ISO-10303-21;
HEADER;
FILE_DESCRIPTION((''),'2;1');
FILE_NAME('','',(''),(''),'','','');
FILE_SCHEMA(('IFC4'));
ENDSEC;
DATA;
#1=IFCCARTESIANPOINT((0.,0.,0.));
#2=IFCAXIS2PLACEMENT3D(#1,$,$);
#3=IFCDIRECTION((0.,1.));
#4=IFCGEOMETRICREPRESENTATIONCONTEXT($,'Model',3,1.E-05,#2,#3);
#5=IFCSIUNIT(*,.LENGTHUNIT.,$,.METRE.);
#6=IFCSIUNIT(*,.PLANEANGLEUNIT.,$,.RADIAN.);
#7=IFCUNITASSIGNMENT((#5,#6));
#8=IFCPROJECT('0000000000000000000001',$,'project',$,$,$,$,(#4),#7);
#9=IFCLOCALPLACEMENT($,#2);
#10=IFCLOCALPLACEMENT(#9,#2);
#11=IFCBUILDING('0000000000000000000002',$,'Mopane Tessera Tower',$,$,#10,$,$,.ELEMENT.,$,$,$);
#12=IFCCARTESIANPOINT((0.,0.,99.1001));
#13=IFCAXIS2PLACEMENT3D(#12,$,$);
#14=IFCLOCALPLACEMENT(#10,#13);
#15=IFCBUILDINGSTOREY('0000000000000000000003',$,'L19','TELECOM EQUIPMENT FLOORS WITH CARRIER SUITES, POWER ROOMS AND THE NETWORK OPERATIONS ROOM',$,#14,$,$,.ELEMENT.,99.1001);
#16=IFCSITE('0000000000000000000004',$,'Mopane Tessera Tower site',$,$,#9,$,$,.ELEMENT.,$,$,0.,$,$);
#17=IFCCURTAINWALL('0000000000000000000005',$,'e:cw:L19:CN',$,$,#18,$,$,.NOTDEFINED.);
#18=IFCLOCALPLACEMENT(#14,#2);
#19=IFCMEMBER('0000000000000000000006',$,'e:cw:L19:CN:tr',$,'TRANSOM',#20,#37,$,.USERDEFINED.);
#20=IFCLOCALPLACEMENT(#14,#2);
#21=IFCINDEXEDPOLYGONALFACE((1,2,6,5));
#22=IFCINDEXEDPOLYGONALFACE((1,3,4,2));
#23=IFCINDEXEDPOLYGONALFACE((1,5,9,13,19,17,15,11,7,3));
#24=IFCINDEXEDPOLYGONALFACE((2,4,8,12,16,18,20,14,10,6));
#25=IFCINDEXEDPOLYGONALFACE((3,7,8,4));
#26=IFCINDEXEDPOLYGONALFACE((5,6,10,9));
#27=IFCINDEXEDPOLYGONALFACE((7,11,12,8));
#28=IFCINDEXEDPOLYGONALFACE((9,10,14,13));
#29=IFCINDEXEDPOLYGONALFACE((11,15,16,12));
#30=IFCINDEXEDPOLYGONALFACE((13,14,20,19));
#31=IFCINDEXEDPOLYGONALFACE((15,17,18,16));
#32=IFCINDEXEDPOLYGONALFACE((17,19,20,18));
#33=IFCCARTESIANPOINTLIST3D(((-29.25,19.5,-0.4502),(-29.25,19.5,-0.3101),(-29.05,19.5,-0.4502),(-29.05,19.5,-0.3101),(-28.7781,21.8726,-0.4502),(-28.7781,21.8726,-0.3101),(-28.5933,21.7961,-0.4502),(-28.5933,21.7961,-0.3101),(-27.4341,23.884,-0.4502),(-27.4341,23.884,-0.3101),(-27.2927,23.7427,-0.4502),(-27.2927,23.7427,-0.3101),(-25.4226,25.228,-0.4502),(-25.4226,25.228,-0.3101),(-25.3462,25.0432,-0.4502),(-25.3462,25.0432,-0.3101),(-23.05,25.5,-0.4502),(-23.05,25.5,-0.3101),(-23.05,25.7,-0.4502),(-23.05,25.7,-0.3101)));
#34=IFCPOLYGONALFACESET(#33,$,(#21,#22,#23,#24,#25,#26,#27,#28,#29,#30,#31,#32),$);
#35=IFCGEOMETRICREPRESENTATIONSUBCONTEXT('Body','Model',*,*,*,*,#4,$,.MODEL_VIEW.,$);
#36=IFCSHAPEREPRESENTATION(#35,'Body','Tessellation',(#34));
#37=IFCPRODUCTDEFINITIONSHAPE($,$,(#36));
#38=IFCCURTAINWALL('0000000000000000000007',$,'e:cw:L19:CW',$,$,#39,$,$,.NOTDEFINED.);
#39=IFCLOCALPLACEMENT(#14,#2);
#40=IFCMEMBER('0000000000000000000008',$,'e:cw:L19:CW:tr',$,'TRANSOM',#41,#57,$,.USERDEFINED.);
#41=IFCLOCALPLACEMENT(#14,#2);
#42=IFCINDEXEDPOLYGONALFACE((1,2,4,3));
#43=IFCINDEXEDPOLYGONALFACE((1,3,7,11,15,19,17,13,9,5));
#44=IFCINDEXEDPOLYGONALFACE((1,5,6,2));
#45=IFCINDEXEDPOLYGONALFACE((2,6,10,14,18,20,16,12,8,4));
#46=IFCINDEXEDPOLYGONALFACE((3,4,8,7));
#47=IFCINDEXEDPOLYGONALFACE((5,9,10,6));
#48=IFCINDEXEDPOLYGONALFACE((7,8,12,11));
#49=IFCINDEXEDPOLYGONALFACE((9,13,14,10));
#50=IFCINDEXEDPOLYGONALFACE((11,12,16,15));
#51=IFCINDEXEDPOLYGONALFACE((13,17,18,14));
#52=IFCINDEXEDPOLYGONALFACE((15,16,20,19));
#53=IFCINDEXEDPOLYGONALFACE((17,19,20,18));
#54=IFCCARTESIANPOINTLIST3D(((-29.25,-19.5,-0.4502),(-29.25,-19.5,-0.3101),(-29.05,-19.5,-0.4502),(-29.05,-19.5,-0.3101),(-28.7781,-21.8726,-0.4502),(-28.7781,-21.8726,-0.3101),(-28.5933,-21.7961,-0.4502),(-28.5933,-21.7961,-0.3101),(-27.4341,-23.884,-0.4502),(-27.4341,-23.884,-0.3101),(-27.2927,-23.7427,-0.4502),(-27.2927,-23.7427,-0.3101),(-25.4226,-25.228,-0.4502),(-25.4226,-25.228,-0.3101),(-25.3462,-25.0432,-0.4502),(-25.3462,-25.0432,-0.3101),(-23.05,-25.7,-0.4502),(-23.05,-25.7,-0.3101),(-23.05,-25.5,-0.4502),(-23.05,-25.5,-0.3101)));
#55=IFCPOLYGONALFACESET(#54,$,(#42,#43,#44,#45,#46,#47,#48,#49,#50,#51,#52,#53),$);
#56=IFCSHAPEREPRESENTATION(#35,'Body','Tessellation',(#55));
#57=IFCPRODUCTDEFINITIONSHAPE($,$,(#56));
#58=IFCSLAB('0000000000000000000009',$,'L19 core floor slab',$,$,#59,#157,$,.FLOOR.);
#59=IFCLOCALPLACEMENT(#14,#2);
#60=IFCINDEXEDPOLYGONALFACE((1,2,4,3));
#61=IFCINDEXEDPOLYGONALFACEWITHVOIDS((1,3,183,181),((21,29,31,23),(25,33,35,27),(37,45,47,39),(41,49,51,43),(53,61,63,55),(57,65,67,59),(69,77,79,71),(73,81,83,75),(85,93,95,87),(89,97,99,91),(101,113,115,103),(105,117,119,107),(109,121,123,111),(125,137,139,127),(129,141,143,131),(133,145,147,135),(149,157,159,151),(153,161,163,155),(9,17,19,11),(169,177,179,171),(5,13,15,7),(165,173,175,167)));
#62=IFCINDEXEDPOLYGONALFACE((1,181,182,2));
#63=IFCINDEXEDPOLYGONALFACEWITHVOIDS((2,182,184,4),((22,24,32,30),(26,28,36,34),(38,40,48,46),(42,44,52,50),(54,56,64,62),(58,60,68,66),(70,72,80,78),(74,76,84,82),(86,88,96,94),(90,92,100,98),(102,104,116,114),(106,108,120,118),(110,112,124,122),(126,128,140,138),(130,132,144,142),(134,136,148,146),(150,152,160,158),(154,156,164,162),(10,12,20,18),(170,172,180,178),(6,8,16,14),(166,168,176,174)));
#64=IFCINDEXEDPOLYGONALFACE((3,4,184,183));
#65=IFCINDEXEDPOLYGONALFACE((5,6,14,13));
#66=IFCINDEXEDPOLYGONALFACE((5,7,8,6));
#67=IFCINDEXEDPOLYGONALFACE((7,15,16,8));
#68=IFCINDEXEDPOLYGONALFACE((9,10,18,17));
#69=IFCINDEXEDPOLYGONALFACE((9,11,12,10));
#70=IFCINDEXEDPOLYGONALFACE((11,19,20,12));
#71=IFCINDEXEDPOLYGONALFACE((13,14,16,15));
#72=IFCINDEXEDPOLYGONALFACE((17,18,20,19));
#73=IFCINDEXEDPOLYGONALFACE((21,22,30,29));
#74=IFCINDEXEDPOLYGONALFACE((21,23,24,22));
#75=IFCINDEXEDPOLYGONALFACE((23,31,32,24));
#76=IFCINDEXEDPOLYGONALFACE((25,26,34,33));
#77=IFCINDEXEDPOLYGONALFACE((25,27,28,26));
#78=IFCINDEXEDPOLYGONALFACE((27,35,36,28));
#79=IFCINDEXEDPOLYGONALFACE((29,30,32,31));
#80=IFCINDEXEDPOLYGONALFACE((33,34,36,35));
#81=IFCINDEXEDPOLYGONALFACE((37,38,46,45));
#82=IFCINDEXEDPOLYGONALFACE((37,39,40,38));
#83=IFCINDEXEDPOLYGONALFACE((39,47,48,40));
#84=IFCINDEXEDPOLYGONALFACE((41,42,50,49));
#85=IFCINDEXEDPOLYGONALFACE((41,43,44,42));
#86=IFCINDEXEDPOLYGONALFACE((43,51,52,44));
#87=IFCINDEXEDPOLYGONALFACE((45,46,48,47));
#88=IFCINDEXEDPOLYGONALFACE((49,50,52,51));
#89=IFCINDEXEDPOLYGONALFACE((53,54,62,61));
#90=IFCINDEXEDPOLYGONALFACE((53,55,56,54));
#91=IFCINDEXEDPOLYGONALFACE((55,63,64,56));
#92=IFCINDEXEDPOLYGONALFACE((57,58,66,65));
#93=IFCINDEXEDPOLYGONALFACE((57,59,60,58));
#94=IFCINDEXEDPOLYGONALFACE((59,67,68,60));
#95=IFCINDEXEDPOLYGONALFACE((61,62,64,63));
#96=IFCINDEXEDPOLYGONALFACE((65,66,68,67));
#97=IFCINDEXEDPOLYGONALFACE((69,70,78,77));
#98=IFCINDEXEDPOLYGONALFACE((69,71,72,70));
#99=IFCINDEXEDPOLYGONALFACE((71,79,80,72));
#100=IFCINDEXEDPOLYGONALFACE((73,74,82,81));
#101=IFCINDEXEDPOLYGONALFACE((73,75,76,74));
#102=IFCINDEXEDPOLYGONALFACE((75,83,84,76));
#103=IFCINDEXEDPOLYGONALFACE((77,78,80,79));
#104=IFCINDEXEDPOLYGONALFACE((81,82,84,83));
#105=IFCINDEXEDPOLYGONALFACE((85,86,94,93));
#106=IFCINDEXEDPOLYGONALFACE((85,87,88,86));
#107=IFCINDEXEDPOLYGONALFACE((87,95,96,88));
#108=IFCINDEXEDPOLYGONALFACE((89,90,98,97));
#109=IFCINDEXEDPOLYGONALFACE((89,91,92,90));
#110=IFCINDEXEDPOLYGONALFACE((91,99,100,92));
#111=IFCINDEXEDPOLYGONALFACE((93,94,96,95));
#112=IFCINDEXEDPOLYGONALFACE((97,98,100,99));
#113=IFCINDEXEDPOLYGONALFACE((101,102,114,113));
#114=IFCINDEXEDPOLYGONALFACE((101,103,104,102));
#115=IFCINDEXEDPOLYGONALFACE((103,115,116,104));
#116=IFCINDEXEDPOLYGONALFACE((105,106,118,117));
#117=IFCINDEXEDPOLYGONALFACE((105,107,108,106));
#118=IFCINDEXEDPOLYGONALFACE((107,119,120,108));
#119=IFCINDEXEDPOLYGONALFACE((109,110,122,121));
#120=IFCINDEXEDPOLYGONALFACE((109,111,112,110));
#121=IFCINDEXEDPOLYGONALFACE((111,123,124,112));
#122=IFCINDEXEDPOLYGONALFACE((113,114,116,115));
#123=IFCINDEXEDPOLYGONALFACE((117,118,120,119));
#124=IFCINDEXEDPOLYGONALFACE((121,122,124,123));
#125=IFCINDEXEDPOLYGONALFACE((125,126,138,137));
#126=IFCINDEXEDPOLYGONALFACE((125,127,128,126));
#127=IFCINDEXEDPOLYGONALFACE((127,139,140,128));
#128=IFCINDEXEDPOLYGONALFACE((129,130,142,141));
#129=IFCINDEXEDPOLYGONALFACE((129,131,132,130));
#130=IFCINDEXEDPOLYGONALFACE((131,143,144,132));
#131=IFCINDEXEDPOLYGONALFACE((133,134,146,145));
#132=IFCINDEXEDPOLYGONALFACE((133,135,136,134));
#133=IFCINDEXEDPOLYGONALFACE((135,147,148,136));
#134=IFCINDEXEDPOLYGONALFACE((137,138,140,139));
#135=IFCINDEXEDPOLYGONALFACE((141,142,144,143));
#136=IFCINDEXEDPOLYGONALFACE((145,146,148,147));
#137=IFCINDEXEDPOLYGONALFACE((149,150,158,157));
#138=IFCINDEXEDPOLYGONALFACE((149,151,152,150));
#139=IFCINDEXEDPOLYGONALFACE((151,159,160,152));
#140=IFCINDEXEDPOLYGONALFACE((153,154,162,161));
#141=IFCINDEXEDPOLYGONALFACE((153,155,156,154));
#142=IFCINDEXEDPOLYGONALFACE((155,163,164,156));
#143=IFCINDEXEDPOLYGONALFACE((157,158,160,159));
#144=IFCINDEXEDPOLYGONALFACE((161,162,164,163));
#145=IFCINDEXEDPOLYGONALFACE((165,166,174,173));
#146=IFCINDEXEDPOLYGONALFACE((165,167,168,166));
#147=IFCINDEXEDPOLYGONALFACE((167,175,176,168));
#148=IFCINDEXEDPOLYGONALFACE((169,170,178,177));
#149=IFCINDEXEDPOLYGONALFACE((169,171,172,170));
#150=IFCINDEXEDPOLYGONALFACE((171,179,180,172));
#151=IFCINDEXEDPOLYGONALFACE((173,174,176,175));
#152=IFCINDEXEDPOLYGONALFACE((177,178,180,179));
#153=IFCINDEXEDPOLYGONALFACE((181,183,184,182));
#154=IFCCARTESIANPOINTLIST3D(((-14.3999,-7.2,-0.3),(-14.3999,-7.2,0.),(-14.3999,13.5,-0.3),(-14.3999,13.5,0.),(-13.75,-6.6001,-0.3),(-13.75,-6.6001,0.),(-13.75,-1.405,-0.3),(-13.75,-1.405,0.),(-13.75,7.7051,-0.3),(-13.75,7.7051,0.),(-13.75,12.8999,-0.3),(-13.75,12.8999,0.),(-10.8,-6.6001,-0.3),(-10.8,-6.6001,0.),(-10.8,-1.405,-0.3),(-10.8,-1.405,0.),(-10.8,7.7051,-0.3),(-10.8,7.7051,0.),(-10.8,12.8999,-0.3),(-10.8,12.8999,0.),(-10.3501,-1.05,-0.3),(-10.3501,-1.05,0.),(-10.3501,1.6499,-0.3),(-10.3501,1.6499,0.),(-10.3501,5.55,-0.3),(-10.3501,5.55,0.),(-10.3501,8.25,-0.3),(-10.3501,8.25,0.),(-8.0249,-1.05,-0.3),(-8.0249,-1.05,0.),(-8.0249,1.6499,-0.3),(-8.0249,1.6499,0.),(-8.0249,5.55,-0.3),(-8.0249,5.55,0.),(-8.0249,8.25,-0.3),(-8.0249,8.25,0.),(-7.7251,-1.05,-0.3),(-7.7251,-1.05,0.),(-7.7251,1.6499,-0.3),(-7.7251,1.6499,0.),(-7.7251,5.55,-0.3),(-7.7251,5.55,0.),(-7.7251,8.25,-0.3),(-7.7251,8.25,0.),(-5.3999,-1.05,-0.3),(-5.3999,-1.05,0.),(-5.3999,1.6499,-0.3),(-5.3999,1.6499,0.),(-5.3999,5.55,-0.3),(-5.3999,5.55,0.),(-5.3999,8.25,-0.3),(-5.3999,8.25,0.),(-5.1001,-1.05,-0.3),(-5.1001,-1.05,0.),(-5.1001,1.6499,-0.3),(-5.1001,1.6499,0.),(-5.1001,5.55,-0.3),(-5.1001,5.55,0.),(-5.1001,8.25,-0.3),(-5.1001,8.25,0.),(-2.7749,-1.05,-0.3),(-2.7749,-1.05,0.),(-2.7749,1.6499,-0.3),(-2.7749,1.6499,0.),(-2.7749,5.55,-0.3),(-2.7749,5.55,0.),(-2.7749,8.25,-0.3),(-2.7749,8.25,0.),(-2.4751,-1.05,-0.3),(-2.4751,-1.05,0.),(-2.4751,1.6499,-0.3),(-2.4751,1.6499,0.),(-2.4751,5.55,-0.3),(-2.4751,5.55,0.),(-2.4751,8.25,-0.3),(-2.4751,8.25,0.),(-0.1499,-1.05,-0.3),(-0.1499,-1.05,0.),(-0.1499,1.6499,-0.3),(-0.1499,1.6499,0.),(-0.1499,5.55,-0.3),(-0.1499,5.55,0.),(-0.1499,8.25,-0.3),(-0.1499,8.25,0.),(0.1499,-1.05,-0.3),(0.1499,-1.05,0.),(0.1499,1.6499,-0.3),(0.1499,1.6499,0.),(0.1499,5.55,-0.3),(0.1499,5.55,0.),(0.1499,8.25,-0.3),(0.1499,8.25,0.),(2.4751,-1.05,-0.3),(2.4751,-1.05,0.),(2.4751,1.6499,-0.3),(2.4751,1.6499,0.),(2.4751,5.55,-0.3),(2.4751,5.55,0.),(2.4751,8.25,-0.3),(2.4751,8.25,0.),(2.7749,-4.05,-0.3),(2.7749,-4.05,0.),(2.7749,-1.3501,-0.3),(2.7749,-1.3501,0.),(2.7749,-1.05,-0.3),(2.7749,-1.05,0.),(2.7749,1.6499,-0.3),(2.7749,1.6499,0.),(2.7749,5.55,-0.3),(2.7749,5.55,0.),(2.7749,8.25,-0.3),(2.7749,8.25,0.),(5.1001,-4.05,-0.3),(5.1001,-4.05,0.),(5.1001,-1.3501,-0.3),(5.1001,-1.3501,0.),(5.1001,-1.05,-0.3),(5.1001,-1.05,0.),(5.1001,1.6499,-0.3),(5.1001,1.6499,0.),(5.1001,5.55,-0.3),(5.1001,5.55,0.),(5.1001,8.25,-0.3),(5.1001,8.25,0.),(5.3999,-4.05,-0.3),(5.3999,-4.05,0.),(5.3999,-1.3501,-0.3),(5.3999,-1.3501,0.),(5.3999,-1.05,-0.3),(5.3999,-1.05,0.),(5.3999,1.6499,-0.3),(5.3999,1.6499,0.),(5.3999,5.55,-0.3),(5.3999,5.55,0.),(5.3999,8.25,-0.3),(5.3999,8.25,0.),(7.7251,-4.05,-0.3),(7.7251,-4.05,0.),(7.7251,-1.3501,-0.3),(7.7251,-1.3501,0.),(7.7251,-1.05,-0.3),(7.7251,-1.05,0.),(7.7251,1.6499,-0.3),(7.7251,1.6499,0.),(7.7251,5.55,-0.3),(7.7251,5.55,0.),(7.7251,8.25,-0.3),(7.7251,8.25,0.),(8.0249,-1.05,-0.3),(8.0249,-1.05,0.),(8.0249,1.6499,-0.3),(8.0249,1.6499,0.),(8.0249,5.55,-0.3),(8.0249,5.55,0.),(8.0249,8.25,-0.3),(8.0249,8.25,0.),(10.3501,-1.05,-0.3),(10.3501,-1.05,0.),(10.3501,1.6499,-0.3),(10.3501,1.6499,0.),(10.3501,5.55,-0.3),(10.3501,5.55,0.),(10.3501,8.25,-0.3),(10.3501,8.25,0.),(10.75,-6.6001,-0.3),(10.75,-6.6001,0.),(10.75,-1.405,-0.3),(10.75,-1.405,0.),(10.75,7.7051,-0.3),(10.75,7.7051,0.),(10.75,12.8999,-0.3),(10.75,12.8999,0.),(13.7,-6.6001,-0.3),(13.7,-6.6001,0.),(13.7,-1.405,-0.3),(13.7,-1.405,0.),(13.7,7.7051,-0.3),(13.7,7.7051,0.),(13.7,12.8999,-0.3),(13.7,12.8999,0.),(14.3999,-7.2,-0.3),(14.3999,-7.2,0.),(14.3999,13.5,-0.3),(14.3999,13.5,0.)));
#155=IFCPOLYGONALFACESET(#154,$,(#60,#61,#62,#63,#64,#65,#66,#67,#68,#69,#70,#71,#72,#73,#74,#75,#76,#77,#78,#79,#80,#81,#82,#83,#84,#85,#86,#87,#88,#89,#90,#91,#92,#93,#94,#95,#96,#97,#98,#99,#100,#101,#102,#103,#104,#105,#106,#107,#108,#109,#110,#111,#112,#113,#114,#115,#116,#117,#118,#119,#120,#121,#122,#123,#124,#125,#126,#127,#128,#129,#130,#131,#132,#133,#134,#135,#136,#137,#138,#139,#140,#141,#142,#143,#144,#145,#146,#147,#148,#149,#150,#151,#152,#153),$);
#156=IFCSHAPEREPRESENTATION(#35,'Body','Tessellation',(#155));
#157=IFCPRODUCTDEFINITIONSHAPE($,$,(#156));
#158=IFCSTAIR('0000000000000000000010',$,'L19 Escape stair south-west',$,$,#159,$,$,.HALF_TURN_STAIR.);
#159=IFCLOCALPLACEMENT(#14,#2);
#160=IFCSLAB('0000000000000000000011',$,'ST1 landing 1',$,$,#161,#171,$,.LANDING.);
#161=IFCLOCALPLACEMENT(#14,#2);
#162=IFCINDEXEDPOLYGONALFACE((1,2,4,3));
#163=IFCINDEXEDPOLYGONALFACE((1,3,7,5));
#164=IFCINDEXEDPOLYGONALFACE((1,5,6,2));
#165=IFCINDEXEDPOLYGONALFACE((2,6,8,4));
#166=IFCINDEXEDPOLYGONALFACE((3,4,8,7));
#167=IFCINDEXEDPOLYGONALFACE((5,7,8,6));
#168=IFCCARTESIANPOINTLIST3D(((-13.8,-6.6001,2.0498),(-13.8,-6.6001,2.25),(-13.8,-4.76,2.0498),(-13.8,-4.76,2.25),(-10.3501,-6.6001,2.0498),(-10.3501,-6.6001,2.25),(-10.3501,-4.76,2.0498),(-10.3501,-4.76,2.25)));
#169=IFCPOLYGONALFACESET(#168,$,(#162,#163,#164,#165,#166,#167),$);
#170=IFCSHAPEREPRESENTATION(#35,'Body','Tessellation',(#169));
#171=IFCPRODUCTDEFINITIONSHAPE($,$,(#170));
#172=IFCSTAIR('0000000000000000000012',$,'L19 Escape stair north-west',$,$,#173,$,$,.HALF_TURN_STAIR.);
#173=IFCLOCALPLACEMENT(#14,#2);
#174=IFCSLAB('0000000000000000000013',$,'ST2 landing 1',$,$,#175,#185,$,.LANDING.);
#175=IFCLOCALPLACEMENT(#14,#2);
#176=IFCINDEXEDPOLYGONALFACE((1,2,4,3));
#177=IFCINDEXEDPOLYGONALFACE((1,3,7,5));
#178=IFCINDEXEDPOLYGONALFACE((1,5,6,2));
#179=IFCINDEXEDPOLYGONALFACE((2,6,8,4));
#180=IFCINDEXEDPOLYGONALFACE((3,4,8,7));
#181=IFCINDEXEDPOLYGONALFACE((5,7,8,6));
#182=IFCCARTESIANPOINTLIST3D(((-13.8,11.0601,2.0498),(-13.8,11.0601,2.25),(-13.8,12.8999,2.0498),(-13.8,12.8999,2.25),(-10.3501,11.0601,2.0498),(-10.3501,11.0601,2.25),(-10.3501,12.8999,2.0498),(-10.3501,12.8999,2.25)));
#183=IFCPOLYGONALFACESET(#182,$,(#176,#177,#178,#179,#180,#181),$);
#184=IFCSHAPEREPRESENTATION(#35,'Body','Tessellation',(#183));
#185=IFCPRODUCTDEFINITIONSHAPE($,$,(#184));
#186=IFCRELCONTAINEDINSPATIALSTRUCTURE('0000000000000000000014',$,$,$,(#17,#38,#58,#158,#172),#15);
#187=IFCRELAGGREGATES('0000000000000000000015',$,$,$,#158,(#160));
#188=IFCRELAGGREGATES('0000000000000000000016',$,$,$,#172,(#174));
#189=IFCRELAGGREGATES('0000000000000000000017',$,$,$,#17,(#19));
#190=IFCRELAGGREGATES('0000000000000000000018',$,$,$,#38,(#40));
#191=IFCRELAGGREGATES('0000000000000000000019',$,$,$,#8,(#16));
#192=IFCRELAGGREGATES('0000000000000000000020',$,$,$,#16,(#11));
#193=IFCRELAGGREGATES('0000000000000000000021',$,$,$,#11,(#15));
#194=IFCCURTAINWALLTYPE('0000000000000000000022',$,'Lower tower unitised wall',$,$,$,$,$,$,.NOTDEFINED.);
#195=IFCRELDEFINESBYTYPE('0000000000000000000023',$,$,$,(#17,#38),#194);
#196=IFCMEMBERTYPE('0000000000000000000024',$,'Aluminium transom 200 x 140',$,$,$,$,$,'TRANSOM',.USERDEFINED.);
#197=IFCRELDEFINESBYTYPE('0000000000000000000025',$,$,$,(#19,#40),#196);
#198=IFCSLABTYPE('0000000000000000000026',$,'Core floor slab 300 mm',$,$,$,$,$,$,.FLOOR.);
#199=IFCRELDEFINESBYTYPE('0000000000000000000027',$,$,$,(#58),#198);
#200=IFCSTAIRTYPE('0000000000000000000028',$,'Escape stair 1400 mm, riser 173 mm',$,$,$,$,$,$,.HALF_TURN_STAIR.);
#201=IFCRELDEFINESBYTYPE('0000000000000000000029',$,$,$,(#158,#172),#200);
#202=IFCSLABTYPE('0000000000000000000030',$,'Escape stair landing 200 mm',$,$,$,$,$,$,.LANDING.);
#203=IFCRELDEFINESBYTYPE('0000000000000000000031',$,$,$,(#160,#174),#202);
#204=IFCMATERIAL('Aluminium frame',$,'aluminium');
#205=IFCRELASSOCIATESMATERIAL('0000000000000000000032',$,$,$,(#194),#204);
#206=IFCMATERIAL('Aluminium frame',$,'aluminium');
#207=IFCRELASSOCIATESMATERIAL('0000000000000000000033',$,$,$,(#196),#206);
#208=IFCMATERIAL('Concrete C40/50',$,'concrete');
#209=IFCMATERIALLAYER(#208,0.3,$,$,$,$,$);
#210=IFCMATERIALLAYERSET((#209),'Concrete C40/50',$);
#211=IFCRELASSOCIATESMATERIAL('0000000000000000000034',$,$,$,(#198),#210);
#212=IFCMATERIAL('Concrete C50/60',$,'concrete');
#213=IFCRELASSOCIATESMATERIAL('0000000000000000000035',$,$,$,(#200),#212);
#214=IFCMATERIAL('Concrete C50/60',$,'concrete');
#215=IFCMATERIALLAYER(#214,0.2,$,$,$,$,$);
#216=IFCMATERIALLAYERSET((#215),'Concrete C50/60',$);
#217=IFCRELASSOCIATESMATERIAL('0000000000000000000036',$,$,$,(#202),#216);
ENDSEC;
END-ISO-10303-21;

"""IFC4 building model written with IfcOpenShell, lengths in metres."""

from ifc_helpers import new_model, si_unit, direction, frame, origin, origin_2d, place, context, subcontext, project, spatial, polyline, rectangle, outline, extrude, material, layer, layer_set, material_profile, profile_set, type_object, element, aggregate, save


model = new_model("IFC4")

# Units and contexts
model_context = context("Model", 3, precision=1e-05, world=origin(), true_north=direction((0.0, 1.0)))
body_context = subcontext(model_context, "Body", "Model", "MODEL_VIEW")
ifc_project = project(units=[si_unit("LENGTHUNIT", "METRE"), si_unit("PLANEANGLEUNIT", "RADIAN")], contexts=[model_context])

# Site, building, storey
site_placement = place(None, origin())
site = spatial("IfcSite", under=ifc_project, at=site_placement, Name="Mopane Tessera Tower site", CompositionType="ELEMENT", RefElevation=0.0)
building_placement = place(site_placement, origin())
building = spatial("IfcBuilding", under=site, at=building_placement, Name="Mopane Tessera Tower", CompositionType="ELEMENT")
storey_placement = place(building_placement, frame((0.0, 0.0, 99.1001)))
storey = spatial("IfcBuildingStorey", under=building, at=storey_placement, Name="L19", Description="TELECOM EQUIPMENT FLOORS WITH CARRIER SUITES, POWER ROOMS AND THE NETWORK OPERATIONS ROOM", CompositionType="ELEMENT", Elevation=99.1001)

# Curtain walls, members
ifc_material_1 = material(Name="Aluminium frame", Category="aluminium")
curtain_wall_type = type_object("IfcCurtainWallType", Name="Lower tower unitised wall", PredefinedType="NOTDEFINED", material=ifc_material_1)
curtain_wall_1_placement = place(storey_placement, origin())
curtain_wall_1 = element("IfcCurtainWall", 1, at=curtain_wall_1_placement, inside=storey, type_object=curtain_wall_type, Name="e:cw:L19:CN", PredefinedType="NOTDEFINED")
ifc_material_2 = material(Name="Aluminium frame", Category="aluminium")
ifc_material_profile = material_profile(ifc_material_2, rectangle(XDim=0.2, YDim=0.1399, at=origin_2d()))
ifc_profile_set = profile_set([ifc_material_profile], Name="Aluminium frame")
member_type = type_object("IfcMemberType", Name="Aluminium transom 200 x 140", ElementType="TRANSOM", PredefinedType="USERDEFINED", material=ifc_profile_set)
member_1_placement = place(storey_placement, frame((0.0, 0.0, -0.4502)))
member_1 = element("IfcMember", 2, at=member_1_placement, type_object=member_type, Name="e:cw:L19:CN:tr", ObjectType="TRANSOM", PredefinedType="USERDEFINED", context=body_context, shape_type="SweptSolid", body=[
    extrude(outline(polyline([(-23.05, 25.5), (-25.3462, 25.0432), (-27.2927, 23.7427), (-28.5933, 21.7961), (-29.05, 19.5), (-29.25, 19.5), (-28.7781, 21.8726), (-27.4341, 23.884), (-25.4226, 25.228), (-23.05, 25.7), (-23.05, 25.5)])), origin(), (0.0, 0.0, 1.0), 0.1401),
])
curtain_wall_2_placement = place(storey_placement, origin())
curtain_wall_2 = element("IfcCurtainWall", 3, at=curtain_wall_2_placement, inside=storey, type_object=curtain_wall_type, Name="e:cw:L19:CW", PredefinedType="NOTDEFINED")
member_2_placement = place(storey_placement, frame((0.0, 0.0, -0.4502)))
member_2 = element("IfcMember", 4, at=member_2_placement, type_object=member_type, Name="e:cw:L19:CW:tr", ObjectType="TRANSOM", PredefinedType="USERDEFINED", context=body_context, shape_type="SweptSolid", body=[
    extrude(outline(polyline([(-29.05, -19.5), (-28.5933, -21.7961), (-27.2927, -23.7427), (-25.3462, -25.0432), (-23.05, -25.5), (-23.05, -25.7), (-25.4226, -25.228), (-27.4341, -23.884), (-28.7781, -21.8726), (-29.25, -19.5), (-29.05, -19.5)])), origin(), (0.0, 0.0, 1.0), 0.1401),
])

# Slab
ifc_material_3 = material(Name="Concrete C40/50", Category="concrete")
ifc_layer_1 = layer(ifc_material_3, 0.3)
ifc_layer_set_1 = layer_set([ifc_layer_1], Name="Concrete C40/50")
slab_type_1 = type_object("IfcSlabType", Name="Core floor slab 300 mm", PredefinedType="FLOOR", material=ifc_layer_set_1)
slab_1_placement = place(storey_placement, frame((0.0, 0.0, -0.3)))
element("IfcSlab", 5, at=slab_1_placement, inside=storey, type_object=slab_type_1, Name="L19 core floor slab", PredefinedType="FLOOR", context=body_context, shape_type="SweptSolid", body=[
    extrude(outline(polyline([(-14.3999, -7.2), (14.3999, -7.2), (14.3999, 13.5), (-14.3999, 13.5), (-14.3999, -7.2)]), holes=[polyline([(-10.3501, -1.05), (-8.0249, -1.05), (-8.0249, 1.6499), (-10.3501, 1.6499), (-10.3501, -1.05)]), polyline([(-7.7251, -1.05), (-5.3999, -1.05), (-5.3999, 1.6499), (-7.7251, 1.6499), (-7.7251, -1.05)]), polyline([(-5.1001, -1.05), (-2.7749, -1.05), (-2.7749, 1.6499), (-5.1001, 1.6499), (-5.1001, -1.05)]), polyline([(-2.4751, -1.05), (-0.1499, -1.05), (-0.1499, 1.6499), (-2.4751, 1.6499), (-2.4751, -1.05)]), polyline([(0.1499, -1.05), (2.4751, -1.05), (2.4751, 1.6499), (0.1499, 1.6499), (0.1499, -1.05)]), polyline([(2.7749, -1.05), (5.1001, -1.05), (5.1001, 1.6499), (2.7749, 1.6499), (2.7749, -1.05)]), polyline([(5.3999, -1.05), (7.7251, -1.05), (7.7251, 1.6499), (5.3999, 1.6499), (5.3999, -1.05)]), polyline([(8.0249, -1.05), (10.3501, -1.05), (10.3501, 1.6499), (8.0249, 1.6499), (8.0249, -1.05)]), polyline([(-10.3501, 5.55), (-8.0249, 5.55), (-8.0249, 8.25), (-10.3501, 8.25), (-10.3501, 5.55)]), polyline([(-7.7251, 5.55), (-5.3999, 5.55), (-5.3999, 8.25), (-7.7251, 8.25), (-7.7251, 5.55)]), polyline([(-5.1001, 5.55), (-2.7749, 5.55), (-2.7749, 8.25), (-5.1001, 8.25), (-5.1001, 5.55)]), polyline([(-2.4751, 5.55), (-0.1499, 5.55), (-0.1499, 8.25), (-2.4751, 8.25), (-2.4751, 5.55)]), polyline([(0.1499, 5.55), (2.4751, 5.55), (2.4751, 8.25), (0.1499, 8.25), (0.1499, 5.55)]), polyline([(2.7749, 5.55), (5.1001, 5.55), (5.1001, 8.25), (2.7749, 8.25), (2.7749, 5.55)]), polyline([(5.3999, 5.55), (7.7251, 5.55), (7.7251, 8.25), (5.3999, 8.25), (5.3999, 5.55)]), polyline([(8.0249, 5.55), (10.3501, 5.55), (10.3501, 8.25), (8.0249, 8.25), (8.0249, 5.55)]), polyline([(2.7749, -4.05), (5.1001, -4.05), (5.1001, -1.3501), (2.7749, -1.3501), (2.7749, -4.05)]), polyline([(5.3999, -4.05), (7.7251, -4.05), (7.7251, -1.3501), (5.3999, -1.3501), (5.3999, -4.05)]), polyline([(-13.75, -1.405), (-13.75, -6.6001), (-10.8, -6.6001), (-10.8, -1.405), (-13.75, -1.405)]), polyline([(-10.8, 7.7051), (-10.8, 12.8999), (-13.75, 12.8999), (-13.75, 7.7051), (-10.8, 7.7051)]), polyline([(10.75, -1.405), (10.75, -6.6001), (13.7, -6.6001), (13.7, -1.405), (10.75, -1.405)]), polyline([(13.7, 7.7051), (13.7, 12.8999), (10.75, 12.8999), (10.75, 7.7051), (13.7, 7.7051)])]), origin(), (0.0, 0.0, 1.0), 0.3),
])

# Stairs, slabs
ifc_material_4 = material(Name="Concrete C50/60", Category="concrete")
stair_type = type_object("IfcStairType", Name="Escape stair 1400 mm, riser 173 mm", PredefinedType="HALF_TURN_STAIR", material=ifc_material_4)
stair_1_placement = place(storey_placement, origin())
stair_1 = element("IfcStair", 6, at=stair_1_placement, inside=storey, type_object=stair_type, Name="L19 Escape stair south-west", PredefinedType="HALF_TURN_STAIR")
ifc_material_5 = material(Name="Concrete C50/60", Category="concrete")
ifc_layer_2 = layer(ifc_material_5, 0.2)
ifc_layer_set_2 = layer_set([ifc_layer_2], Name="Concrete C50/60")
slab_type_2 = type_object("IfcSlabType", Name="Escape stair landing 200 mm", PredefinedType="LANDING", material=ifc_layer_set_2)
slab_2_placement = place(storey_placement, frame((0.0, 0.0, 2.0498)))
slab_2 = element("IfcSlab", 7, at=slab_2_placement, type_object=slab_type_2, Name="ST1 landing 1", PredefinedType="LANDING", context=body_context, shape_type="SweptSolid", body=[
    extrude(outline(polyline([(-13.8, -4.76), (-13.8, -6.6001), (-10.3501, -6.6001), (-10.3501, -4.76), (-13.8, -4.76)])), origin(), (0.0, 0.0, 1.0), 0.2002),
])
aggregate(stair_1, [slab_2])
stair_2_placement = place(storey_placement, origin())
stair_2 = element("IfcStair", 8, at=stair_2_placement, inside=storey, type_object=stair_type, Name="L19 Escape stair north-west", PredefinedType="HALF_TURN_STAIR")
slab_3_placement = place(storey_placement, frame((0.0, 0.0, 2.0498)))
slab_3 = element("IfcSlab", 9, at=slab_3_placement, type_object=slab_type_2, Name="ST2 landing 1", PredefinedType="LANDING", context=body_context, shape_type="SweptSolid", body=[
    extrude(outline(polyline([(-10.3501, 11.0601), (-10.3501, 12.8999), (-13.8, 12.8999), (-13.8, 11.0601), (-10.3501, 11.0601)])), origin(), (0.0, 0.0, 1.0), 0.2002),
])
aggregate(stair_2, [slab_3])

aggregate(curtain_wall_1, [member_1])
aggregate(curtain_wall_2, [member_2])

save(model, "model.ifc")
